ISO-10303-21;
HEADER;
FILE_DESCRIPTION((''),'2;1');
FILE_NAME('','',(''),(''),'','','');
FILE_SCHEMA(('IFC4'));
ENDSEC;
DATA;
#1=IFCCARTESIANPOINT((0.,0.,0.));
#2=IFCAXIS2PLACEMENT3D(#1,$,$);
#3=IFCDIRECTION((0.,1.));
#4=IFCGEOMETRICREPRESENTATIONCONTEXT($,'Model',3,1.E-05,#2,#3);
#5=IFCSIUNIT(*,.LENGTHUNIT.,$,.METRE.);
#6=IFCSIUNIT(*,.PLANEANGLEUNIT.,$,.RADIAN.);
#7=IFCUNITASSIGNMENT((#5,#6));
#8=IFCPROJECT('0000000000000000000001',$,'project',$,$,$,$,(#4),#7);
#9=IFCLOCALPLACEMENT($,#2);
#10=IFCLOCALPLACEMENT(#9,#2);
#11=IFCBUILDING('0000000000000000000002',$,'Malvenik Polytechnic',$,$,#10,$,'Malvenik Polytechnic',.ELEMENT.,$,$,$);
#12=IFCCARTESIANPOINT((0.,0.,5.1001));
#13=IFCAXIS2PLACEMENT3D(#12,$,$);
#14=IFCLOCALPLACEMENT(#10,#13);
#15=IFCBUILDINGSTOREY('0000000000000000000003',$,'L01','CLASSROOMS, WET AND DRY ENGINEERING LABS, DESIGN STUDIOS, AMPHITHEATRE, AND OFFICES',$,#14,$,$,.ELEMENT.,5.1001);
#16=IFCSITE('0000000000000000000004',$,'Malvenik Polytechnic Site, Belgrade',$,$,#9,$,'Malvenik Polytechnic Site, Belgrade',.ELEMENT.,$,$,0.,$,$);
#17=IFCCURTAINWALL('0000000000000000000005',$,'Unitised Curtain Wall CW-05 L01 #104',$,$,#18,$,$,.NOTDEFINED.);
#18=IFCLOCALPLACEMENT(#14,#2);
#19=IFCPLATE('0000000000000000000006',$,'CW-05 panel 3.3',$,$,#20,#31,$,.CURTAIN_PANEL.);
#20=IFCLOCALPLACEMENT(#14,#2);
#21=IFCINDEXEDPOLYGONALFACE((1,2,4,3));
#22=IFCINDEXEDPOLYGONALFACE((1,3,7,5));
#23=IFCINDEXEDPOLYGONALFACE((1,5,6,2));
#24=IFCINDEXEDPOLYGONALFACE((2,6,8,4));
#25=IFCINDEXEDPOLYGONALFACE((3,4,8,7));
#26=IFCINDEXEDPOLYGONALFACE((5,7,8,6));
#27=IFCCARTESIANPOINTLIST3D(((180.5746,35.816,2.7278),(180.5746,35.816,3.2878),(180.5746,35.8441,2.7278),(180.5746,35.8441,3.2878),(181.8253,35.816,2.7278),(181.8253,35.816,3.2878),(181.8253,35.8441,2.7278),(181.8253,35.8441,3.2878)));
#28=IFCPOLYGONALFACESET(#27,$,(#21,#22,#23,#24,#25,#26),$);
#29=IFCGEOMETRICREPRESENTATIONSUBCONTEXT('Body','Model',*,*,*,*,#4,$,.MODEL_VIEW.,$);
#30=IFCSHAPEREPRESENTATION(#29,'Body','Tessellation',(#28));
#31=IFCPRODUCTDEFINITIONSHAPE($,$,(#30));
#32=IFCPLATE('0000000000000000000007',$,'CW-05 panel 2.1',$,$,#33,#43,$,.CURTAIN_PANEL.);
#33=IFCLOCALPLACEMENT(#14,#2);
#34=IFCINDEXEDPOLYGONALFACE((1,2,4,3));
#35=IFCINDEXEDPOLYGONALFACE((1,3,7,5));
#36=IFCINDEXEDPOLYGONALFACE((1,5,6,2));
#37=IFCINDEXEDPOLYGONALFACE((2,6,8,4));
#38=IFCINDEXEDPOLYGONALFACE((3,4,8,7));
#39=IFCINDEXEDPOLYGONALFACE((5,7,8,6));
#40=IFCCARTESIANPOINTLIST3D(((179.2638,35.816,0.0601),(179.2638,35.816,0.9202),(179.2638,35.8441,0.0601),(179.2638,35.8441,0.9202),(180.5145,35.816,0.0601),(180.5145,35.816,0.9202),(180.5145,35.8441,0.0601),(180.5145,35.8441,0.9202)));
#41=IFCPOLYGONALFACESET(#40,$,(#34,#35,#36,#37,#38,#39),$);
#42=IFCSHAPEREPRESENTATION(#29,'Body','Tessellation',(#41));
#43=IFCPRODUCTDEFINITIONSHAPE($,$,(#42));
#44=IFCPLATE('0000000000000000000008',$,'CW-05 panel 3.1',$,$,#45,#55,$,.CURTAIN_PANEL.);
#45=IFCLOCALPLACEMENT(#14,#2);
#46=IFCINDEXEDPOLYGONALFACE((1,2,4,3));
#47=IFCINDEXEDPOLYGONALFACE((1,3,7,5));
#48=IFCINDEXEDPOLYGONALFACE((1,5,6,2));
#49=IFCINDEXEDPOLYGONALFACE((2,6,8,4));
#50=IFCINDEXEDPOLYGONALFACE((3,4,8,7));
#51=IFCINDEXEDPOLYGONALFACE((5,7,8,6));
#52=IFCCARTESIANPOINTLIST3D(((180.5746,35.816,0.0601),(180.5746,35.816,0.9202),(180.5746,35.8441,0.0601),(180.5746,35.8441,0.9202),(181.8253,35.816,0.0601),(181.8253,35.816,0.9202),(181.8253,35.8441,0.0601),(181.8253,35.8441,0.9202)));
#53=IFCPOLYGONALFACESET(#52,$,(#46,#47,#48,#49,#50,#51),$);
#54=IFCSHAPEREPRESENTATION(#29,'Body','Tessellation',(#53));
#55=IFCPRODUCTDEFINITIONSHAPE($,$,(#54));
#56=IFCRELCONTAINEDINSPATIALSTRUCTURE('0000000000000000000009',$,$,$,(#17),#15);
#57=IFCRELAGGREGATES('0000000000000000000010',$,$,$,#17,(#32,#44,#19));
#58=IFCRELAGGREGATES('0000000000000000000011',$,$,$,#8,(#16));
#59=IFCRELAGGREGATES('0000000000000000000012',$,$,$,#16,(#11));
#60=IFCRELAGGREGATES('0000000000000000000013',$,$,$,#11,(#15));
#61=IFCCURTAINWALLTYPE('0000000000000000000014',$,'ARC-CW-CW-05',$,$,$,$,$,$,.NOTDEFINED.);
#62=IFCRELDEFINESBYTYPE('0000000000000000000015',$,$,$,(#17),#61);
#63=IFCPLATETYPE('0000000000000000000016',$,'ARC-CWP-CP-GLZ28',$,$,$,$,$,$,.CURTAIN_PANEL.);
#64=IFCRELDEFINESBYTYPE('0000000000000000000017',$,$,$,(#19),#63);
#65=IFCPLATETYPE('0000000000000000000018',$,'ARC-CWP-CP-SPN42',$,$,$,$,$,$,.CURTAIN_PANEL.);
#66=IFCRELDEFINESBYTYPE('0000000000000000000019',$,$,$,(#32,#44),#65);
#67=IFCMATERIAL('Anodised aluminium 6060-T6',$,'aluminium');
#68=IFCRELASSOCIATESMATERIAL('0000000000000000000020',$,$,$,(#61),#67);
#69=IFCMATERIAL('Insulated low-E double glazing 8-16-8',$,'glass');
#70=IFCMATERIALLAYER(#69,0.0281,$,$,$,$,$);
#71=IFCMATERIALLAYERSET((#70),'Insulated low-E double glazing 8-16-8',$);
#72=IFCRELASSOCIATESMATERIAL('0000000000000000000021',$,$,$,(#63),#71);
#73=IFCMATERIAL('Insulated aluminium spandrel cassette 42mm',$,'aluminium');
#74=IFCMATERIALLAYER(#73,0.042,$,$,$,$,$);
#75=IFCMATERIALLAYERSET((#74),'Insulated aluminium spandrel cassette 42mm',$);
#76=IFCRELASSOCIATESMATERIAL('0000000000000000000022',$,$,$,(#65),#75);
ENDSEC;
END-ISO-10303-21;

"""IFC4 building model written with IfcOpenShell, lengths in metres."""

from ifc_helpers import new_model, si_unit, direction, frame, origin, origin_2d, place, context, subcontext, project, spatial, rectangle, extrude, material, layer, layer_set, type_object, element, aggregate, save


model = new_model("IFC4")

# Units and contexts
model_context = context("Model", 3, precision=1e-05, world=origin(), true_north=direction((0.0, 1.0)))
body_context = subcontext(model_context, "Body", "Model", "MODEL_VIEW")
ifc_project = project(units=[si_unit("LENGTHUNIT", "METRE"), si_unit("PLANEANGLEUNIT", "RADIAN")], contexts=[model_context])

# Site, building, storey
site_placement = place(None, origin())
site = spatial("IfcSite", under=ifc_project, at=site_placement, Name="Malvenik Polytechnic Site, Belgrade", LongName="Malvenik Polytechnic Site, Belgrade", CompositionType="ELEMENT", RefElevation=0.0)
building_placement = place(site_placement, origin())
building = spatial("IfcBuilding", under=site, at=building_placement, Name="Malvenik Polytechnic", LongName="Malvenik Polytechnic", CompositionType="ELEMENT")
storey_placement = place(building_placement, frame((0.0, 0.0, 5.1001)))
storey = spatial("IfcBuildingStorey", under=building, at=storey_placement, Name="L01", Description="CLASSROOMS, WET AND DRY ENGINEERING LABS, DESIGN STUDIOS, AMPHITHEATRE, AND OFFICES", CompositionType="ELEMENT", Elevation=5.1001)

# Curtain wall
ifc_material_1 = material(Name="Anodised aluminium 6060-T6", Category="aluminium")
curtain_wall_type = type_object("IfcCurtainWallType", Name="ARC-CW-CW-05", PredefinedType="NOTDEFINED", material=ifc_material_1)
curtain_wall_placement = place(storey_placement, origin())
curtain_wall = element("IfcCurtainWall", 1, at=curtain_wall_placement, inside=storey, type_object=curtain_wall_type, Name="Unitised Curtain Wall CW-05 L01 #104", PredefinedType="NOTDEFINED")

# Plates
ifc_material_2 = material(Name="Insulated low-E double glazing 8-16-8", Category="glass")
ifc_layer_1 = layer(ifc_material_2, 0.0281)
ifc_layer_set_1 = layer_set([ifc_layer_1], Name="Insulated low-E double glazing 8-16-8")
plate_type_1 = type_object("IfcPlateType", Name="ARC-CWP-CP-GLZ28", PredefinedType="CURTAIN_PANEL", material=ifc_layer_set_1)
plate_1_placement = place(storey_placement, frame((181.2, 35.8301, 2.7278), z_axis=(0.0, 0.0, 1.0), x_axis=(1.0, 0.0, 0.0)))
plate_1 = element("IfcPlate", 2, at=plate_1_placement, type_object=plate_type_1, Name="CW-05 panel 3.3", PredefinedType="CURTAIN_PANEL", context=body_context, shape_type="SweptSolid", body=[
    extrude(rectangle(XDim=1.2507, YDim=0.0281, at=origin_2d()), origin(), (0.0, 0.0, 1.0), 0.5601),
])
ifc_material_3 = material(Name="Insulated aluminium spandrel cassette 42mm", Category="aluminium")
ifc_layer_2 = layer(ifc_material_3, 0.042)
ifc_layer_set_2 = layer_set([ifc_layer_2], Name="Insulated aluminium spandrel cassette 42mm")
plate_type_2 = type_object("IfcPlateType", Name="ARC-CWP-CP-SPN42", PredefinedType="CURTAIN_PANEL", material=ifc_layer_set_2)
plate_2_placement = place(storey_placement, frame((179.8892, 35.8301, 0.0601), z_axis=(0.0, 0.0, 1.0), x_axis=(1.0, 0.0, 0.0)))
plate_2 = element("IfcPlate", 3, at=plate_2_placement, type_object=plate_type_2, Name="CW-05 panel 2.1", PredefinedType="CURTAIN_PANEL", context=body_context, shape_type="SweptSolid", body=[
    extrude(rectangle(XDim=1.2507, YDim=0.0281, at=origin_2d()), origin(), (0.0, 0.0, 1.0), 0.8601),
])
plate_3_placement = place(storey_placement, frame((181.2, 35.8301, 0.0601), z_axis=(0.0, 0.0, 1.0), x_axis=(1.0, 0.0, 0.0)))
plate_3 = element("IfcPlate", 4, at=plate_3_placement, type_object=plate_type_2, Name="CW-05 panel 3.1", PredefinedType="CURTAIN_PANEL", context=body_context, shape_type="SweptSolid", body=[
    extrude(rectangle(XDim=1.2507, YDim=0.0281, at=origin_2d()), origin(), (0.0, 0.0, 1.0), 0.8601),
])
aggregate(curtain_wall, [plate_2, plate_3, plate_1])

save(model, "model.ifc")
